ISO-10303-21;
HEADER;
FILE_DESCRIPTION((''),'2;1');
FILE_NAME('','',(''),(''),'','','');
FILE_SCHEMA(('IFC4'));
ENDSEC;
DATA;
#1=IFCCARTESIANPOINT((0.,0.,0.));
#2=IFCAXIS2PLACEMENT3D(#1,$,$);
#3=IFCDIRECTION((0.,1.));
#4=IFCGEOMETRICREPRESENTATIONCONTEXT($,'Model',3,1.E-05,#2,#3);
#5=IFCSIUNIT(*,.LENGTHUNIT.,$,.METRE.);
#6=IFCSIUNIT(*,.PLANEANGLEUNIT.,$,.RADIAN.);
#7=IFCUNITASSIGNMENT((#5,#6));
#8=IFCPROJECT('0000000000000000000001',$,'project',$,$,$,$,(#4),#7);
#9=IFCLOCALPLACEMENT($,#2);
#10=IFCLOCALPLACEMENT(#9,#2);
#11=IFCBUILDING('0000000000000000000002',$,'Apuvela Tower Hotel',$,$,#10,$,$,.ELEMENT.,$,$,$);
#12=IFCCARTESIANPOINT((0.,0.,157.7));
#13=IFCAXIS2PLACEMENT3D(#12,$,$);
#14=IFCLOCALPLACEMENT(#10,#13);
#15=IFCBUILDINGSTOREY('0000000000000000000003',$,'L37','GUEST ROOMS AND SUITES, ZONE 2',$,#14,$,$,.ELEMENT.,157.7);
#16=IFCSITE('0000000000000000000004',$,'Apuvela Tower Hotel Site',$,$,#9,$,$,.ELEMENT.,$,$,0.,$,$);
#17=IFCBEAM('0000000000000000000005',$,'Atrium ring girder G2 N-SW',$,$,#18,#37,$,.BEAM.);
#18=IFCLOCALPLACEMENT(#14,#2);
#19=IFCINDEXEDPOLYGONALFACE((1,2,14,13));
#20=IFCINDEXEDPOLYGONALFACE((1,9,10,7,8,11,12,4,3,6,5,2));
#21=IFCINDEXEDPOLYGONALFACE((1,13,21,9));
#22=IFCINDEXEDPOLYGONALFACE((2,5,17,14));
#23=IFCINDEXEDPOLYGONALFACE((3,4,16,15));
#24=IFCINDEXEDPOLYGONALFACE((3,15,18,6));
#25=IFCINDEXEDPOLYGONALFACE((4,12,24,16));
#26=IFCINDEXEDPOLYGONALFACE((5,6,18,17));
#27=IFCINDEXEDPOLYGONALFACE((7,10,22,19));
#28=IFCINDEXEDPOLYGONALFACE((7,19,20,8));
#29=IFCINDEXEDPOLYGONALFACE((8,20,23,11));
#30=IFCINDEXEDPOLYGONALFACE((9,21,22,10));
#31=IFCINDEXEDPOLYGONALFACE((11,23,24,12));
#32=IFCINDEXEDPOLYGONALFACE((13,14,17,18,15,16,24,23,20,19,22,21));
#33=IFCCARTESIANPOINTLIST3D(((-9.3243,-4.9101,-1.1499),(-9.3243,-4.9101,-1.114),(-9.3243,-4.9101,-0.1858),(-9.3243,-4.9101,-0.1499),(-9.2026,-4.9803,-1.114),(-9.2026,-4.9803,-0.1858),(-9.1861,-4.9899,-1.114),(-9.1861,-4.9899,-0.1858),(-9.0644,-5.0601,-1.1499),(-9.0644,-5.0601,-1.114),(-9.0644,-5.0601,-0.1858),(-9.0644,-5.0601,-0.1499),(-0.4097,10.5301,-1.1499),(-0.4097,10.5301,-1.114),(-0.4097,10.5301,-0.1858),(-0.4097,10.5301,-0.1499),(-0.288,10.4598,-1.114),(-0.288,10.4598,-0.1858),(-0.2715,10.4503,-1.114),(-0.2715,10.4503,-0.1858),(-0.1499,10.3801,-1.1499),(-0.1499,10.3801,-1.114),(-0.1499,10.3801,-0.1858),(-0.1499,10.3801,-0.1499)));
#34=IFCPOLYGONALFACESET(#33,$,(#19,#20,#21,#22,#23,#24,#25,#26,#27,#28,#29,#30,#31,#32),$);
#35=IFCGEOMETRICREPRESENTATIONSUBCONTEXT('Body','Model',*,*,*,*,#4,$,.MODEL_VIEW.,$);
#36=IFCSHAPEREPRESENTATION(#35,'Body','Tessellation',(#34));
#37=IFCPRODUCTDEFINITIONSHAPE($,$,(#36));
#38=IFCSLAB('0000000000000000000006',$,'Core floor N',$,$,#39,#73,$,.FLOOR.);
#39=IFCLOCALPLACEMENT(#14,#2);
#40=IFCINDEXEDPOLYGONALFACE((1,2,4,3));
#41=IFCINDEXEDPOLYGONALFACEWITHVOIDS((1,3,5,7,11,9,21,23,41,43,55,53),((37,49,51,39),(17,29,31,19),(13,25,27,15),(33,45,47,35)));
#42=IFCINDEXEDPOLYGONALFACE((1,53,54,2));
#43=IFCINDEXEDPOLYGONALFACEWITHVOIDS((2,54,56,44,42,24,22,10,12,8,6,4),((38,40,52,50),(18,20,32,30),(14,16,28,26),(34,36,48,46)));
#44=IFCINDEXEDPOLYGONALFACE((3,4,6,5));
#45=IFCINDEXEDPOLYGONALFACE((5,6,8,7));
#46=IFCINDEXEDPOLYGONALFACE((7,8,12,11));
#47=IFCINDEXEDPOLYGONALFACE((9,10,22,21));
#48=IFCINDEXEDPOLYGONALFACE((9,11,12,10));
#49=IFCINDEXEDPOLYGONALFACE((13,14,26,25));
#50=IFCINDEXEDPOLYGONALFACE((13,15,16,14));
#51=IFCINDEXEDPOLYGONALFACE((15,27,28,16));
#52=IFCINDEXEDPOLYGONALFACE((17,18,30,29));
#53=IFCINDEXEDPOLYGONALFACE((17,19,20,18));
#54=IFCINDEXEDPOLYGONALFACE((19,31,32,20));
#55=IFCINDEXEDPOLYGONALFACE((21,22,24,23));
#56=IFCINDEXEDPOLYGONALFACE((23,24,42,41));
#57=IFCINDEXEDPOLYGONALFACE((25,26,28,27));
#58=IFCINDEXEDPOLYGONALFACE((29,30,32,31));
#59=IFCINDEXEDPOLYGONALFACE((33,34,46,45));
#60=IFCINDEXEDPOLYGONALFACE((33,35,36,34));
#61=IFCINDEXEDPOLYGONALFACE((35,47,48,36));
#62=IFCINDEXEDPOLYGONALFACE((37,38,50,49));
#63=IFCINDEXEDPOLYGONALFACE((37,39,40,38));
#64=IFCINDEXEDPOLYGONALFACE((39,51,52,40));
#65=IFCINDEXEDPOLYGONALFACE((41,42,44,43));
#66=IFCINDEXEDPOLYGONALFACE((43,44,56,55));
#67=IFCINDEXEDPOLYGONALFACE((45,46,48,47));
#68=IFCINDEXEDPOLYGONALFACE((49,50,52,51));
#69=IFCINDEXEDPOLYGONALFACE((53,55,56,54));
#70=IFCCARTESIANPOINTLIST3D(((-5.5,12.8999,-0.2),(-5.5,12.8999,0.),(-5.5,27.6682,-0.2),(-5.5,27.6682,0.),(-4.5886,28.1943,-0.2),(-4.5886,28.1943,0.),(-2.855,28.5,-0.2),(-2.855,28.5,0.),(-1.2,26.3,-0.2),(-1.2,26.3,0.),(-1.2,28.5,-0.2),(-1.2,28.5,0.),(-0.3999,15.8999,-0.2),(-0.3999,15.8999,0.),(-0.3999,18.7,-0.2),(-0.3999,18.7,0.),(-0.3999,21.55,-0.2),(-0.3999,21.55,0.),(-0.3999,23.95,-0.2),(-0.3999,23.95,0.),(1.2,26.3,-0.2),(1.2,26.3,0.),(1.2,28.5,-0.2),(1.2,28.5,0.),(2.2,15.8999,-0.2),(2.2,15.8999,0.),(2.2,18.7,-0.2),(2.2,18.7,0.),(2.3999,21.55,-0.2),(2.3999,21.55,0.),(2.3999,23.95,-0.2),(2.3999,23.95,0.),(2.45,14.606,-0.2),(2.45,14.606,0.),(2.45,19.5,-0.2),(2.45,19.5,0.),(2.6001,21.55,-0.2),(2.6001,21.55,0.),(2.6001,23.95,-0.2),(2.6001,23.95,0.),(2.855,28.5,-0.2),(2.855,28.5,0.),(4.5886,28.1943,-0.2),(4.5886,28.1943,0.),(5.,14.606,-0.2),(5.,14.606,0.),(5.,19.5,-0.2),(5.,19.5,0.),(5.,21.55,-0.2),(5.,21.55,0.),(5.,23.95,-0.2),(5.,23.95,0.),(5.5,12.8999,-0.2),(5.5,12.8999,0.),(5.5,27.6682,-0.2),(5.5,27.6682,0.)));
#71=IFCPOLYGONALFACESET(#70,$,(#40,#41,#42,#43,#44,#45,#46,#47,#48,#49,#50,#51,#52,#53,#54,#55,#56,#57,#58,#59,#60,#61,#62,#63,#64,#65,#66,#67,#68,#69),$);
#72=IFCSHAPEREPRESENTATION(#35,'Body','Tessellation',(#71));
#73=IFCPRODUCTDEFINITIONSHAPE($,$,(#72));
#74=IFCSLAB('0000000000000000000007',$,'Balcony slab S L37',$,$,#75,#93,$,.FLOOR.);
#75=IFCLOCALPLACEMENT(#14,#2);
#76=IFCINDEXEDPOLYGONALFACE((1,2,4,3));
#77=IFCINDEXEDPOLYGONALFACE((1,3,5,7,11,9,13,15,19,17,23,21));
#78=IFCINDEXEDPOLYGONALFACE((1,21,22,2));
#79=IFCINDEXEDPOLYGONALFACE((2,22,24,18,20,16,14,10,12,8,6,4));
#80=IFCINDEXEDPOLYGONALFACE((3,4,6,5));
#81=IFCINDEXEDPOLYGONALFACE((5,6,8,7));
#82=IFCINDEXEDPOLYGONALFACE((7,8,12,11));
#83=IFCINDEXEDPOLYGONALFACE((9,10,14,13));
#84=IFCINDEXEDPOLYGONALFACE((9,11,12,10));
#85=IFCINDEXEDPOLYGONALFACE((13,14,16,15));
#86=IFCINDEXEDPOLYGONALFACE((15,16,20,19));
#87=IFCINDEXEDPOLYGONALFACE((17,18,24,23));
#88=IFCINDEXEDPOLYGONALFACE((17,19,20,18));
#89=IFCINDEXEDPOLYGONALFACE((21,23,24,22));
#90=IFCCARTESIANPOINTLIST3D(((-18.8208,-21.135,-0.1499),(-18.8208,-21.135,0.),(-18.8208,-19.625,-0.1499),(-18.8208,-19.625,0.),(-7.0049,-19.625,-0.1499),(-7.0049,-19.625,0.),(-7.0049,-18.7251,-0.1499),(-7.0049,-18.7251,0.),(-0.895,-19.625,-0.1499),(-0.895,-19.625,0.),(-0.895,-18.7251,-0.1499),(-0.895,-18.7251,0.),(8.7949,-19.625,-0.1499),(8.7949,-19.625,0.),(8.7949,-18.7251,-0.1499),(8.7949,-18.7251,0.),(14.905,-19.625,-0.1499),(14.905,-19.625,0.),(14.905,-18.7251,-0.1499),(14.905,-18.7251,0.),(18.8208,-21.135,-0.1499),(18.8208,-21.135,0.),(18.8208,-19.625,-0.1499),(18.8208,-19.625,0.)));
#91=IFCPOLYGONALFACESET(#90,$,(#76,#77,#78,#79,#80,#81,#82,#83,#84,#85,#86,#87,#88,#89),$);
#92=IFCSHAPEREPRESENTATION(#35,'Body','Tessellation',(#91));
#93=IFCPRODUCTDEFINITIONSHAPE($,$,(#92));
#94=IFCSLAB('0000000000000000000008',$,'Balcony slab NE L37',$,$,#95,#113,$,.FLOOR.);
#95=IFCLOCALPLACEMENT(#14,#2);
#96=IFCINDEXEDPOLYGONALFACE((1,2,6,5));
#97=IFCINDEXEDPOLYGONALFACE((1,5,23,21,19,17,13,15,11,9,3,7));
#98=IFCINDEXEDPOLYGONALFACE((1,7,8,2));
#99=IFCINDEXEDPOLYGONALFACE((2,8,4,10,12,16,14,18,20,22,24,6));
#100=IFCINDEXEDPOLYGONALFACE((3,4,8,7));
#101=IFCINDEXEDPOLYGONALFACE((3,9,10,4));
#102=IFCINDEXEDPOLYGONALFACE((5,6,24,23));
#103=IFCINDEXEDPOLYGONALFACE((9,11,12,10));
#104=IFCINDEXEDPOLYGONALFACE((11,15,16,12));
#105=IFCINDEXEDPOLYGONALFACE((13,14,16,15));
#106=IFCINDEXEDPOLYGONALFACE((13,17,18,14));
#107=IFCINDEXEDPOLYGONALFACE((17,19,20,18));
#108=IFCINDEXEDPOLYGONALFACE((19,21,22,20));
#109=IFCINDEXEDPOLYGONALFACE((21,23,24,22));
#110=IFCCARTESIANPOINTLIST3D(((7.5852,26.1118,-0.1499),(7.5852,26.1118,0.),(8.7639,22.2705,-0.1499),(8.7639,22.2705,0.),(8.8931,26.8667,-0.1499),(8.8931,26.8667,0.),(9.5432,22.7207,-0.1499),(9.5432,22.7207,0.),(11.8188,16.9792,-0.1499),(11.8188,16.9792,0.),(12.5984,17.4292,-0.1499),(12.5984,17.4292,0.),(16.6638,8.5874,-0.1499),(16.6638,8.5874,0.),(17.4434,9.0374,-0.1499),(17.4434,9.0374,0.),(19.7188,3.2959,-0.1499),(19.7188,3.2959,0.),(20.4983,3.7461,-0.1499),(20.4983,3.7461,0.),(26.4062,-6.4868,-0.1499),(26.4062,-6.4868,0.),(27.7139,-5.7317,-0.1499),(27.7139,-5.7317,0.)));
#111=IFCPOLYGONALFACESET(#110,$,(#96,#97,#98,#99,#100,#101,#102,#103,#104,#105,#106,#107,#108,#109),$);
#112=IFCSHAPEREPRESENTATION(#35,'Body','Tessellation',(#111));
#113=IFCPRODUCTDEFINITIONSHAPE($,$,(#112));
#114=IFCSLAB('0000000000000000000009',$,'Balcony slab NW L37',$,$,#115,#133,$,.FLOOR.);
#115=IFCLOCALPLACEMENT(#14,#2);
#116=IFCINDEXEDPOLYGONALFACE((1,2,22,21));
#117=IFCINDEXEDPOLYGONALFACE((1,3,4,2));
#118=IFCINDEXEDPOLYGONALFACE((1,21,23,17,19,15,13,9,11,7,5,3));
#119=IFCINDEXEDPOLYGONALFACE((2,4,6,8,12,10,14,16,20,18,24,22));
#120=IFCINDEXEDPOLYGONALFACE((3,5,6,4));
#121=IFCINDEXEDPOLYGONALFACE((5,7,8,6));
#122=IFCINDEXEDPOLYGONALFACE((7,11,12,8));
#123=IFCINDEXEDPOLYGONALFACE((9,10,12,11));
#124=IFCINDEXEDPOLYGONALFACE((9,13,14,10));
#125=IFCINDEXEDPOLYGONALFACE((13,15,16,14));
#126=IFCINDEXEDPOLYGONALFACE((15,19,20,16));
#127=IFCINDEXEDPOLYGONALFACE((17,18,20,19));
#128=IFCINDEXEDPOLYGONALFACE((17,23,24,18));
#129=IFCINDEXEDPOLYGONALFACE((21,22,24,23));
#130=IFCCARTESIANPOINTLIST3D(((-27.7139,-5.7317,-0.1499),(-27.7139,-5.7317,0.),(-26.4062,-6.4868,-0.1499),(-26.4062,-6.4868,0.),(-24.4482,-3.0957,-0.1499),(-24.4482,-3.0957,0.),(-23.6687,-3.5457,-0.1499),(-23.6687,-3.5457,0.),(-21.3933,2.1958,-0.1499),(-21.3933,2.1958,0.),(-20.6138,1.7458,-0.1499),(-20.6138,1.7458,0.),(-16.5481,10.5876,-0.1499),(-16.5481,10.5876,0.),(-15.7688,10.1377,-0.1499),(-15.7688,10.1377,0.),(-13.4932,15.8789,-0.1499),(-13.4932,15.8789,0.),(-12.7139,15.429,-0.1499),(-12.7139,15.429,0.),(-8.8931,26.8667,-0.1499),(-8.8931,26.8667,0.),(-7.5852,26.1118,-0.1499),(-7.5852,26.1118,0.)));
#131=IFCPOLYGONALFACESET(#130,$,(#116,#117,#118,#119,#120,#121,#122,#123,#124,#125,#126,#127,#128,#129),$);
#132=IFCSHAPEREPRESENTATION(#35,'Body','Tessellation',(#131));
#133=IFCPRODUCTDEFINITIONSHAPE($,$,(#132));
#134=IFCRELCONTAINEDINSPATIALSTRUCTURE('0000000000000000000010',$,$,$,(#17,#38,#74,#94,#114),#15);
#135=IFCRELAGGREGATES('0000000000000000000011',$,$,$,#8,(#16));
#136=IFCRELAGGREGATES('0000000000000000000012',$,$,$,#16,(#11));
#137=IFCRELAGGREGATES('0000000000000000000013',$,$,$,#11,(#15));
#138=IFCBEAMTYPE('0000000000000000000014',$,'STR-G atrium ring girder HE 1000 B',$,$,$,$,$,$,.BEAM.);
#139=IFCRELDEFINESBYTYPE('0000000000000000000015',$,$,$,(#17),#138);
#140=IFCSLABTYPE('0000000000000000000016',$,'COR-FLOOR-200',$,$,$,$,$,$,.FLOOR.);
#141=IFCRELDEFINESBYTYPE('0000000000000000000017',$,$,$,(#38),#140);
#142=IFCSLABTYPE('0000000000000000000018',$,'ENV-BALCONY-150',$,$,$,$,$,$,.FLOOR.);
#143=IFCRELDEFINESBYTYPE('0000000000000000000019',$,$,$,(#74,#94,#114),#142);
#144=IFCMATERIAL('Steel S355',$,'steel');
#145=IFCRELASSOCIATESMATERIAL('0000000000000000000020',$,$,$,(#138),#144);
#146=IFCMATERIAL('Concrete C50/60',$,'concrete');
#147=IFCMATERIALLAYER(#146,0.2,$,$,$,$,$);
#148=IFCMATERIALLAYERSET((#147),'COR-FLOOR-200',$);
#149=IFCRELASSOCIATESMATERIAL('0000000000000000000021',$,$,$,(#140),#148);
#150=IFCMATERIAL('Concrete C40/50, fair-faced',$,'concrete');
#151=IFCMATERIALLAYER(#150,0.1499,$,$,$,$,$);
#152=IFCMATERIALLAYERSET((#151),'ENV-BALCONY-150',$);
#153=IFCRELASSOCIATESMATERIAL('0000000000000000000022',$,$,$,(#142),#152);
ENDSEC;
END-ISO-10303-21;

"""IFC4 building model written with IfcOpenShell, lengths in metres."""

from ifc_helpers import new_model, si_unit, direction, frame, origin, origin_2d, place, context, subcontext, project, spatial, polyline, i_section, outline, extrude, material, layer, layer_set, material_profile, profile_set, type_object, element, save


model = new_model("IFC4")

# Units and contexts
model_context = context("Model", 3, precision=1e-05, world=origin(), true_north=direction((0.0, 1.0)))
body_context = subcontext(model_context, "Body", "Model", "MODEL_VIEW")
ifc_project = project(units=[si_unit("LENGTHUNIT", "METRE"), si_unit("PLANEANGLEUNIT", "RADIAN")], contexts=[model_context])

# Site, building, storey
site_placement = place(None, origin())
site = spatial("IfcSite", under=ifc_project, at=site_placement, Name="Apuvela Tower Hotel Site", CompositionType="ELEMENT", RefElevation=0.0)
building_placement = place(site_placement, origin())
building = spatial("IfcBuilding", under=site, at=building_placement, Name="Apuvela Tower Hotel", CompositionType="ELEMENT")
storey_placement = place(building_placement, frame((0.0, 0.0, 157.7)))
storey = spatial("IfcBuildingStorey", under=building, at=storey_placement, Name="L37", Description="GUEST ROOMS AND SUITES, ZONE 2", CompositionType="ELEMENT", Elevation=157.7)

# Beam
ifc_material_1 = material(Name="Steel S355", Category="steel")
ifc_material_profile = material_profile(ifc_material_1, i_section(OverallWidth=0.3, OverallDepth=1.0, WebThickness=0.019, FlangeThickness=0.0359, at=origin_2d()), Name="HE 1000 B")
ifc_profile_set = profile_set([ifc_material_profile], Name="Steel S355")
beam_type = type_object("IfcBeamType", Name="STR-G atrium ring girder HE 1000 B", PredefinedType="BEAM", material=ifc_profile_set)
beam_placement = place(storey_placement, frame((-0.2798, 10.4551, -0.6499), z_axis=(-0.500007, -0.866022, 0.0), x_axis=(0.866022, -0.500007, 0.0)))
element("IfcBeam", 1, at=beam_placement, inside=storey, type_object=beam_type, Name="Atrium ring girder G2 N-SW", PredefinedType="BEAM", context=body_context, shape_type="SweptSolid", body=[
    extrude(i_section(OverallWidth=0.3, OverallDepth=1.0, WebThickness=0.019, FlangeThickness=0.0359, at=origin_2d()), origin(), (0.0, 0.0, 1.0), 17.8289),
])

# Slabs
ifc_material_2 = material(Name="Concrete C50/60", Category="concrete")
ifc_layer_1 = layer(ifc_material_2, 0.2)
ifc_layer_set_1 = layer_set([ifc_layer_1], Name="COR-FLOOR-200")
slab_type_1 = type_object("IfcSlabType", Name="COR-FLOOR-200", PredefinedType="FLOOR", material=ifc_layer_set_1)
slab_1_placement = place(storey_placement, frame((0.0, 0.0, -0.2)))
element("IfcSlab", 2, at=slab_1_placement, inside=storey, type_object=slab_type_1, Name="Core floor N", PredefinedType="FLOOR", context=body_context, shape_type="SweptSolid", body=[
    extrude(outline(polyline([(5.5, 27.6682), (4.5886, 28.1943), (2.855, 28.5), (1.2, 28.5), (1.2, 26.3), (-1.2, 26.3), (-1.2, 28.5), (-2.855, 28.5), (-4.5886, 28.1943), (-5.5, 27.6682), (-5.5, 12.8999), (5.5, 12.8999), (5.5, 27.6682)]), holes=[polyline([(5.0, 14.606), (2.45, 14.606), (2.45, 19.5), (5.0, 19.5), (5.0, 14.606)]), polyline([(2.2, 15.8999), (-0.3999, 15.8999), (-0.3999, 18.7), (2.2, 18.7), (2.2, 15.8999)]), polyline([(5.0, 21.55), (2.6001, 21.55), (2.6001, 23.95), (5.0, 23.95), (5.0, 21.55)]), polyline([(2.3999, 21.55), (-0.3999, 21.55), (-0.3999, 23.95), (2.3999, 23.95), (2.3999, 21.55)])]), origin(), (0.0, 0.0, 1.0), 0.2),
])
ifc_material_3 = material(Name="Concrete C40/50, fair-faced", Category="concrete")
ifc_layer_2 = layer(ifc_material_3, 0.1499)
ifc_layer_set_2 = layer_set([ifc_layer_2], Name="ENV-BALCONY-150")
slab_type_2 = type_object("IfcSlabType", Name="ENV-BALCONY-150", PredefinedType="FLOOR", material=ifc_layer_set_2)
slab_2_placement = place(storey_placement, frame((0.0, 0.0, -0.1499)))
element("IfcSlab", 3, at=slab_2_placement, inside=storey, type_object=slab_type_2, Name="Balcony slab S L37", PredefinedType="FLOOR", context=body_context, shape_type="SweptSolid", body=[
    extrude(outline(polyline([(18.8208, -21.135), (-18.8208, -21.135), (-18.8208, -19.625), (-7.0049, -19.625), (-7.0049, -18.7251), (-0.895, -18.7251), (-0.895, -19.625), (8.7949, -19.625), (8.7949, -18.7251), (14.905, -18.7251), (14.905, -19.625), (18.8208, -19.625), (18.8208, -21.135)])), origin(), (0.0, 0.0, 1.0), 0.1499),
])
slab_3_placement = place(storey_placement, frame((0.0, 0.0, -0.1499)))
element("IfcSlab", 4, at=slab_3_placement, inside=storey, type_object=slab_type_2, Name="Balcony slab NE L37", PredefinedType="FLOOR", context=body_context, shape_type="SweptSolid", body=[
    extrude(outline(polyline([(17.4434, 9.0374), (12.5984, 17.4292), (11.8188, 16.9792), (8.7639, 22.2705), (9.5432, 22.7207), (7.5852, 26.1118), (8.8931, 26.8667), (27.7139, -5.7317), (26.4062, -6.4868), (20.4983, 3.7461), (19.7188, 3.2959), (16.6638, 8.5874), (17.4434, 9.0374)])), origin(), (0.0, 0.0, 1.0), 0.1499),
])
slab_4_placement = place(storey_placement, frame((0.0, 0.0, -0.1499)))
element("IfcSlab", 5, at=slab_4_placement, inside=storey, type_object=slab_type_2, Name="Balcony slab NW L37", PredefinedType="FLOOR", context=body_context, shape_type="SweptSolid", body=[
    extrude(outline(polyline([(-27.7139, -5.7317), (-8.8931, 26.8667), (-7.5852, 26.1118), (-13.4932, 15.8789), (-12.7139, 15.429), (-15.7688, 10.1377), (-16.5481, 10.5876), (-21.3933, 2.1958), (-20.6138, 1.7458), (-23.6687, -3.5457), (-24.4482, -3.0957), (-26.4062, -6.4868), (-27.7139, -5.7317)])), origin(), (0.0, 0.0, 1.0), 0.1499),
])

save(model, "model.ifc")
